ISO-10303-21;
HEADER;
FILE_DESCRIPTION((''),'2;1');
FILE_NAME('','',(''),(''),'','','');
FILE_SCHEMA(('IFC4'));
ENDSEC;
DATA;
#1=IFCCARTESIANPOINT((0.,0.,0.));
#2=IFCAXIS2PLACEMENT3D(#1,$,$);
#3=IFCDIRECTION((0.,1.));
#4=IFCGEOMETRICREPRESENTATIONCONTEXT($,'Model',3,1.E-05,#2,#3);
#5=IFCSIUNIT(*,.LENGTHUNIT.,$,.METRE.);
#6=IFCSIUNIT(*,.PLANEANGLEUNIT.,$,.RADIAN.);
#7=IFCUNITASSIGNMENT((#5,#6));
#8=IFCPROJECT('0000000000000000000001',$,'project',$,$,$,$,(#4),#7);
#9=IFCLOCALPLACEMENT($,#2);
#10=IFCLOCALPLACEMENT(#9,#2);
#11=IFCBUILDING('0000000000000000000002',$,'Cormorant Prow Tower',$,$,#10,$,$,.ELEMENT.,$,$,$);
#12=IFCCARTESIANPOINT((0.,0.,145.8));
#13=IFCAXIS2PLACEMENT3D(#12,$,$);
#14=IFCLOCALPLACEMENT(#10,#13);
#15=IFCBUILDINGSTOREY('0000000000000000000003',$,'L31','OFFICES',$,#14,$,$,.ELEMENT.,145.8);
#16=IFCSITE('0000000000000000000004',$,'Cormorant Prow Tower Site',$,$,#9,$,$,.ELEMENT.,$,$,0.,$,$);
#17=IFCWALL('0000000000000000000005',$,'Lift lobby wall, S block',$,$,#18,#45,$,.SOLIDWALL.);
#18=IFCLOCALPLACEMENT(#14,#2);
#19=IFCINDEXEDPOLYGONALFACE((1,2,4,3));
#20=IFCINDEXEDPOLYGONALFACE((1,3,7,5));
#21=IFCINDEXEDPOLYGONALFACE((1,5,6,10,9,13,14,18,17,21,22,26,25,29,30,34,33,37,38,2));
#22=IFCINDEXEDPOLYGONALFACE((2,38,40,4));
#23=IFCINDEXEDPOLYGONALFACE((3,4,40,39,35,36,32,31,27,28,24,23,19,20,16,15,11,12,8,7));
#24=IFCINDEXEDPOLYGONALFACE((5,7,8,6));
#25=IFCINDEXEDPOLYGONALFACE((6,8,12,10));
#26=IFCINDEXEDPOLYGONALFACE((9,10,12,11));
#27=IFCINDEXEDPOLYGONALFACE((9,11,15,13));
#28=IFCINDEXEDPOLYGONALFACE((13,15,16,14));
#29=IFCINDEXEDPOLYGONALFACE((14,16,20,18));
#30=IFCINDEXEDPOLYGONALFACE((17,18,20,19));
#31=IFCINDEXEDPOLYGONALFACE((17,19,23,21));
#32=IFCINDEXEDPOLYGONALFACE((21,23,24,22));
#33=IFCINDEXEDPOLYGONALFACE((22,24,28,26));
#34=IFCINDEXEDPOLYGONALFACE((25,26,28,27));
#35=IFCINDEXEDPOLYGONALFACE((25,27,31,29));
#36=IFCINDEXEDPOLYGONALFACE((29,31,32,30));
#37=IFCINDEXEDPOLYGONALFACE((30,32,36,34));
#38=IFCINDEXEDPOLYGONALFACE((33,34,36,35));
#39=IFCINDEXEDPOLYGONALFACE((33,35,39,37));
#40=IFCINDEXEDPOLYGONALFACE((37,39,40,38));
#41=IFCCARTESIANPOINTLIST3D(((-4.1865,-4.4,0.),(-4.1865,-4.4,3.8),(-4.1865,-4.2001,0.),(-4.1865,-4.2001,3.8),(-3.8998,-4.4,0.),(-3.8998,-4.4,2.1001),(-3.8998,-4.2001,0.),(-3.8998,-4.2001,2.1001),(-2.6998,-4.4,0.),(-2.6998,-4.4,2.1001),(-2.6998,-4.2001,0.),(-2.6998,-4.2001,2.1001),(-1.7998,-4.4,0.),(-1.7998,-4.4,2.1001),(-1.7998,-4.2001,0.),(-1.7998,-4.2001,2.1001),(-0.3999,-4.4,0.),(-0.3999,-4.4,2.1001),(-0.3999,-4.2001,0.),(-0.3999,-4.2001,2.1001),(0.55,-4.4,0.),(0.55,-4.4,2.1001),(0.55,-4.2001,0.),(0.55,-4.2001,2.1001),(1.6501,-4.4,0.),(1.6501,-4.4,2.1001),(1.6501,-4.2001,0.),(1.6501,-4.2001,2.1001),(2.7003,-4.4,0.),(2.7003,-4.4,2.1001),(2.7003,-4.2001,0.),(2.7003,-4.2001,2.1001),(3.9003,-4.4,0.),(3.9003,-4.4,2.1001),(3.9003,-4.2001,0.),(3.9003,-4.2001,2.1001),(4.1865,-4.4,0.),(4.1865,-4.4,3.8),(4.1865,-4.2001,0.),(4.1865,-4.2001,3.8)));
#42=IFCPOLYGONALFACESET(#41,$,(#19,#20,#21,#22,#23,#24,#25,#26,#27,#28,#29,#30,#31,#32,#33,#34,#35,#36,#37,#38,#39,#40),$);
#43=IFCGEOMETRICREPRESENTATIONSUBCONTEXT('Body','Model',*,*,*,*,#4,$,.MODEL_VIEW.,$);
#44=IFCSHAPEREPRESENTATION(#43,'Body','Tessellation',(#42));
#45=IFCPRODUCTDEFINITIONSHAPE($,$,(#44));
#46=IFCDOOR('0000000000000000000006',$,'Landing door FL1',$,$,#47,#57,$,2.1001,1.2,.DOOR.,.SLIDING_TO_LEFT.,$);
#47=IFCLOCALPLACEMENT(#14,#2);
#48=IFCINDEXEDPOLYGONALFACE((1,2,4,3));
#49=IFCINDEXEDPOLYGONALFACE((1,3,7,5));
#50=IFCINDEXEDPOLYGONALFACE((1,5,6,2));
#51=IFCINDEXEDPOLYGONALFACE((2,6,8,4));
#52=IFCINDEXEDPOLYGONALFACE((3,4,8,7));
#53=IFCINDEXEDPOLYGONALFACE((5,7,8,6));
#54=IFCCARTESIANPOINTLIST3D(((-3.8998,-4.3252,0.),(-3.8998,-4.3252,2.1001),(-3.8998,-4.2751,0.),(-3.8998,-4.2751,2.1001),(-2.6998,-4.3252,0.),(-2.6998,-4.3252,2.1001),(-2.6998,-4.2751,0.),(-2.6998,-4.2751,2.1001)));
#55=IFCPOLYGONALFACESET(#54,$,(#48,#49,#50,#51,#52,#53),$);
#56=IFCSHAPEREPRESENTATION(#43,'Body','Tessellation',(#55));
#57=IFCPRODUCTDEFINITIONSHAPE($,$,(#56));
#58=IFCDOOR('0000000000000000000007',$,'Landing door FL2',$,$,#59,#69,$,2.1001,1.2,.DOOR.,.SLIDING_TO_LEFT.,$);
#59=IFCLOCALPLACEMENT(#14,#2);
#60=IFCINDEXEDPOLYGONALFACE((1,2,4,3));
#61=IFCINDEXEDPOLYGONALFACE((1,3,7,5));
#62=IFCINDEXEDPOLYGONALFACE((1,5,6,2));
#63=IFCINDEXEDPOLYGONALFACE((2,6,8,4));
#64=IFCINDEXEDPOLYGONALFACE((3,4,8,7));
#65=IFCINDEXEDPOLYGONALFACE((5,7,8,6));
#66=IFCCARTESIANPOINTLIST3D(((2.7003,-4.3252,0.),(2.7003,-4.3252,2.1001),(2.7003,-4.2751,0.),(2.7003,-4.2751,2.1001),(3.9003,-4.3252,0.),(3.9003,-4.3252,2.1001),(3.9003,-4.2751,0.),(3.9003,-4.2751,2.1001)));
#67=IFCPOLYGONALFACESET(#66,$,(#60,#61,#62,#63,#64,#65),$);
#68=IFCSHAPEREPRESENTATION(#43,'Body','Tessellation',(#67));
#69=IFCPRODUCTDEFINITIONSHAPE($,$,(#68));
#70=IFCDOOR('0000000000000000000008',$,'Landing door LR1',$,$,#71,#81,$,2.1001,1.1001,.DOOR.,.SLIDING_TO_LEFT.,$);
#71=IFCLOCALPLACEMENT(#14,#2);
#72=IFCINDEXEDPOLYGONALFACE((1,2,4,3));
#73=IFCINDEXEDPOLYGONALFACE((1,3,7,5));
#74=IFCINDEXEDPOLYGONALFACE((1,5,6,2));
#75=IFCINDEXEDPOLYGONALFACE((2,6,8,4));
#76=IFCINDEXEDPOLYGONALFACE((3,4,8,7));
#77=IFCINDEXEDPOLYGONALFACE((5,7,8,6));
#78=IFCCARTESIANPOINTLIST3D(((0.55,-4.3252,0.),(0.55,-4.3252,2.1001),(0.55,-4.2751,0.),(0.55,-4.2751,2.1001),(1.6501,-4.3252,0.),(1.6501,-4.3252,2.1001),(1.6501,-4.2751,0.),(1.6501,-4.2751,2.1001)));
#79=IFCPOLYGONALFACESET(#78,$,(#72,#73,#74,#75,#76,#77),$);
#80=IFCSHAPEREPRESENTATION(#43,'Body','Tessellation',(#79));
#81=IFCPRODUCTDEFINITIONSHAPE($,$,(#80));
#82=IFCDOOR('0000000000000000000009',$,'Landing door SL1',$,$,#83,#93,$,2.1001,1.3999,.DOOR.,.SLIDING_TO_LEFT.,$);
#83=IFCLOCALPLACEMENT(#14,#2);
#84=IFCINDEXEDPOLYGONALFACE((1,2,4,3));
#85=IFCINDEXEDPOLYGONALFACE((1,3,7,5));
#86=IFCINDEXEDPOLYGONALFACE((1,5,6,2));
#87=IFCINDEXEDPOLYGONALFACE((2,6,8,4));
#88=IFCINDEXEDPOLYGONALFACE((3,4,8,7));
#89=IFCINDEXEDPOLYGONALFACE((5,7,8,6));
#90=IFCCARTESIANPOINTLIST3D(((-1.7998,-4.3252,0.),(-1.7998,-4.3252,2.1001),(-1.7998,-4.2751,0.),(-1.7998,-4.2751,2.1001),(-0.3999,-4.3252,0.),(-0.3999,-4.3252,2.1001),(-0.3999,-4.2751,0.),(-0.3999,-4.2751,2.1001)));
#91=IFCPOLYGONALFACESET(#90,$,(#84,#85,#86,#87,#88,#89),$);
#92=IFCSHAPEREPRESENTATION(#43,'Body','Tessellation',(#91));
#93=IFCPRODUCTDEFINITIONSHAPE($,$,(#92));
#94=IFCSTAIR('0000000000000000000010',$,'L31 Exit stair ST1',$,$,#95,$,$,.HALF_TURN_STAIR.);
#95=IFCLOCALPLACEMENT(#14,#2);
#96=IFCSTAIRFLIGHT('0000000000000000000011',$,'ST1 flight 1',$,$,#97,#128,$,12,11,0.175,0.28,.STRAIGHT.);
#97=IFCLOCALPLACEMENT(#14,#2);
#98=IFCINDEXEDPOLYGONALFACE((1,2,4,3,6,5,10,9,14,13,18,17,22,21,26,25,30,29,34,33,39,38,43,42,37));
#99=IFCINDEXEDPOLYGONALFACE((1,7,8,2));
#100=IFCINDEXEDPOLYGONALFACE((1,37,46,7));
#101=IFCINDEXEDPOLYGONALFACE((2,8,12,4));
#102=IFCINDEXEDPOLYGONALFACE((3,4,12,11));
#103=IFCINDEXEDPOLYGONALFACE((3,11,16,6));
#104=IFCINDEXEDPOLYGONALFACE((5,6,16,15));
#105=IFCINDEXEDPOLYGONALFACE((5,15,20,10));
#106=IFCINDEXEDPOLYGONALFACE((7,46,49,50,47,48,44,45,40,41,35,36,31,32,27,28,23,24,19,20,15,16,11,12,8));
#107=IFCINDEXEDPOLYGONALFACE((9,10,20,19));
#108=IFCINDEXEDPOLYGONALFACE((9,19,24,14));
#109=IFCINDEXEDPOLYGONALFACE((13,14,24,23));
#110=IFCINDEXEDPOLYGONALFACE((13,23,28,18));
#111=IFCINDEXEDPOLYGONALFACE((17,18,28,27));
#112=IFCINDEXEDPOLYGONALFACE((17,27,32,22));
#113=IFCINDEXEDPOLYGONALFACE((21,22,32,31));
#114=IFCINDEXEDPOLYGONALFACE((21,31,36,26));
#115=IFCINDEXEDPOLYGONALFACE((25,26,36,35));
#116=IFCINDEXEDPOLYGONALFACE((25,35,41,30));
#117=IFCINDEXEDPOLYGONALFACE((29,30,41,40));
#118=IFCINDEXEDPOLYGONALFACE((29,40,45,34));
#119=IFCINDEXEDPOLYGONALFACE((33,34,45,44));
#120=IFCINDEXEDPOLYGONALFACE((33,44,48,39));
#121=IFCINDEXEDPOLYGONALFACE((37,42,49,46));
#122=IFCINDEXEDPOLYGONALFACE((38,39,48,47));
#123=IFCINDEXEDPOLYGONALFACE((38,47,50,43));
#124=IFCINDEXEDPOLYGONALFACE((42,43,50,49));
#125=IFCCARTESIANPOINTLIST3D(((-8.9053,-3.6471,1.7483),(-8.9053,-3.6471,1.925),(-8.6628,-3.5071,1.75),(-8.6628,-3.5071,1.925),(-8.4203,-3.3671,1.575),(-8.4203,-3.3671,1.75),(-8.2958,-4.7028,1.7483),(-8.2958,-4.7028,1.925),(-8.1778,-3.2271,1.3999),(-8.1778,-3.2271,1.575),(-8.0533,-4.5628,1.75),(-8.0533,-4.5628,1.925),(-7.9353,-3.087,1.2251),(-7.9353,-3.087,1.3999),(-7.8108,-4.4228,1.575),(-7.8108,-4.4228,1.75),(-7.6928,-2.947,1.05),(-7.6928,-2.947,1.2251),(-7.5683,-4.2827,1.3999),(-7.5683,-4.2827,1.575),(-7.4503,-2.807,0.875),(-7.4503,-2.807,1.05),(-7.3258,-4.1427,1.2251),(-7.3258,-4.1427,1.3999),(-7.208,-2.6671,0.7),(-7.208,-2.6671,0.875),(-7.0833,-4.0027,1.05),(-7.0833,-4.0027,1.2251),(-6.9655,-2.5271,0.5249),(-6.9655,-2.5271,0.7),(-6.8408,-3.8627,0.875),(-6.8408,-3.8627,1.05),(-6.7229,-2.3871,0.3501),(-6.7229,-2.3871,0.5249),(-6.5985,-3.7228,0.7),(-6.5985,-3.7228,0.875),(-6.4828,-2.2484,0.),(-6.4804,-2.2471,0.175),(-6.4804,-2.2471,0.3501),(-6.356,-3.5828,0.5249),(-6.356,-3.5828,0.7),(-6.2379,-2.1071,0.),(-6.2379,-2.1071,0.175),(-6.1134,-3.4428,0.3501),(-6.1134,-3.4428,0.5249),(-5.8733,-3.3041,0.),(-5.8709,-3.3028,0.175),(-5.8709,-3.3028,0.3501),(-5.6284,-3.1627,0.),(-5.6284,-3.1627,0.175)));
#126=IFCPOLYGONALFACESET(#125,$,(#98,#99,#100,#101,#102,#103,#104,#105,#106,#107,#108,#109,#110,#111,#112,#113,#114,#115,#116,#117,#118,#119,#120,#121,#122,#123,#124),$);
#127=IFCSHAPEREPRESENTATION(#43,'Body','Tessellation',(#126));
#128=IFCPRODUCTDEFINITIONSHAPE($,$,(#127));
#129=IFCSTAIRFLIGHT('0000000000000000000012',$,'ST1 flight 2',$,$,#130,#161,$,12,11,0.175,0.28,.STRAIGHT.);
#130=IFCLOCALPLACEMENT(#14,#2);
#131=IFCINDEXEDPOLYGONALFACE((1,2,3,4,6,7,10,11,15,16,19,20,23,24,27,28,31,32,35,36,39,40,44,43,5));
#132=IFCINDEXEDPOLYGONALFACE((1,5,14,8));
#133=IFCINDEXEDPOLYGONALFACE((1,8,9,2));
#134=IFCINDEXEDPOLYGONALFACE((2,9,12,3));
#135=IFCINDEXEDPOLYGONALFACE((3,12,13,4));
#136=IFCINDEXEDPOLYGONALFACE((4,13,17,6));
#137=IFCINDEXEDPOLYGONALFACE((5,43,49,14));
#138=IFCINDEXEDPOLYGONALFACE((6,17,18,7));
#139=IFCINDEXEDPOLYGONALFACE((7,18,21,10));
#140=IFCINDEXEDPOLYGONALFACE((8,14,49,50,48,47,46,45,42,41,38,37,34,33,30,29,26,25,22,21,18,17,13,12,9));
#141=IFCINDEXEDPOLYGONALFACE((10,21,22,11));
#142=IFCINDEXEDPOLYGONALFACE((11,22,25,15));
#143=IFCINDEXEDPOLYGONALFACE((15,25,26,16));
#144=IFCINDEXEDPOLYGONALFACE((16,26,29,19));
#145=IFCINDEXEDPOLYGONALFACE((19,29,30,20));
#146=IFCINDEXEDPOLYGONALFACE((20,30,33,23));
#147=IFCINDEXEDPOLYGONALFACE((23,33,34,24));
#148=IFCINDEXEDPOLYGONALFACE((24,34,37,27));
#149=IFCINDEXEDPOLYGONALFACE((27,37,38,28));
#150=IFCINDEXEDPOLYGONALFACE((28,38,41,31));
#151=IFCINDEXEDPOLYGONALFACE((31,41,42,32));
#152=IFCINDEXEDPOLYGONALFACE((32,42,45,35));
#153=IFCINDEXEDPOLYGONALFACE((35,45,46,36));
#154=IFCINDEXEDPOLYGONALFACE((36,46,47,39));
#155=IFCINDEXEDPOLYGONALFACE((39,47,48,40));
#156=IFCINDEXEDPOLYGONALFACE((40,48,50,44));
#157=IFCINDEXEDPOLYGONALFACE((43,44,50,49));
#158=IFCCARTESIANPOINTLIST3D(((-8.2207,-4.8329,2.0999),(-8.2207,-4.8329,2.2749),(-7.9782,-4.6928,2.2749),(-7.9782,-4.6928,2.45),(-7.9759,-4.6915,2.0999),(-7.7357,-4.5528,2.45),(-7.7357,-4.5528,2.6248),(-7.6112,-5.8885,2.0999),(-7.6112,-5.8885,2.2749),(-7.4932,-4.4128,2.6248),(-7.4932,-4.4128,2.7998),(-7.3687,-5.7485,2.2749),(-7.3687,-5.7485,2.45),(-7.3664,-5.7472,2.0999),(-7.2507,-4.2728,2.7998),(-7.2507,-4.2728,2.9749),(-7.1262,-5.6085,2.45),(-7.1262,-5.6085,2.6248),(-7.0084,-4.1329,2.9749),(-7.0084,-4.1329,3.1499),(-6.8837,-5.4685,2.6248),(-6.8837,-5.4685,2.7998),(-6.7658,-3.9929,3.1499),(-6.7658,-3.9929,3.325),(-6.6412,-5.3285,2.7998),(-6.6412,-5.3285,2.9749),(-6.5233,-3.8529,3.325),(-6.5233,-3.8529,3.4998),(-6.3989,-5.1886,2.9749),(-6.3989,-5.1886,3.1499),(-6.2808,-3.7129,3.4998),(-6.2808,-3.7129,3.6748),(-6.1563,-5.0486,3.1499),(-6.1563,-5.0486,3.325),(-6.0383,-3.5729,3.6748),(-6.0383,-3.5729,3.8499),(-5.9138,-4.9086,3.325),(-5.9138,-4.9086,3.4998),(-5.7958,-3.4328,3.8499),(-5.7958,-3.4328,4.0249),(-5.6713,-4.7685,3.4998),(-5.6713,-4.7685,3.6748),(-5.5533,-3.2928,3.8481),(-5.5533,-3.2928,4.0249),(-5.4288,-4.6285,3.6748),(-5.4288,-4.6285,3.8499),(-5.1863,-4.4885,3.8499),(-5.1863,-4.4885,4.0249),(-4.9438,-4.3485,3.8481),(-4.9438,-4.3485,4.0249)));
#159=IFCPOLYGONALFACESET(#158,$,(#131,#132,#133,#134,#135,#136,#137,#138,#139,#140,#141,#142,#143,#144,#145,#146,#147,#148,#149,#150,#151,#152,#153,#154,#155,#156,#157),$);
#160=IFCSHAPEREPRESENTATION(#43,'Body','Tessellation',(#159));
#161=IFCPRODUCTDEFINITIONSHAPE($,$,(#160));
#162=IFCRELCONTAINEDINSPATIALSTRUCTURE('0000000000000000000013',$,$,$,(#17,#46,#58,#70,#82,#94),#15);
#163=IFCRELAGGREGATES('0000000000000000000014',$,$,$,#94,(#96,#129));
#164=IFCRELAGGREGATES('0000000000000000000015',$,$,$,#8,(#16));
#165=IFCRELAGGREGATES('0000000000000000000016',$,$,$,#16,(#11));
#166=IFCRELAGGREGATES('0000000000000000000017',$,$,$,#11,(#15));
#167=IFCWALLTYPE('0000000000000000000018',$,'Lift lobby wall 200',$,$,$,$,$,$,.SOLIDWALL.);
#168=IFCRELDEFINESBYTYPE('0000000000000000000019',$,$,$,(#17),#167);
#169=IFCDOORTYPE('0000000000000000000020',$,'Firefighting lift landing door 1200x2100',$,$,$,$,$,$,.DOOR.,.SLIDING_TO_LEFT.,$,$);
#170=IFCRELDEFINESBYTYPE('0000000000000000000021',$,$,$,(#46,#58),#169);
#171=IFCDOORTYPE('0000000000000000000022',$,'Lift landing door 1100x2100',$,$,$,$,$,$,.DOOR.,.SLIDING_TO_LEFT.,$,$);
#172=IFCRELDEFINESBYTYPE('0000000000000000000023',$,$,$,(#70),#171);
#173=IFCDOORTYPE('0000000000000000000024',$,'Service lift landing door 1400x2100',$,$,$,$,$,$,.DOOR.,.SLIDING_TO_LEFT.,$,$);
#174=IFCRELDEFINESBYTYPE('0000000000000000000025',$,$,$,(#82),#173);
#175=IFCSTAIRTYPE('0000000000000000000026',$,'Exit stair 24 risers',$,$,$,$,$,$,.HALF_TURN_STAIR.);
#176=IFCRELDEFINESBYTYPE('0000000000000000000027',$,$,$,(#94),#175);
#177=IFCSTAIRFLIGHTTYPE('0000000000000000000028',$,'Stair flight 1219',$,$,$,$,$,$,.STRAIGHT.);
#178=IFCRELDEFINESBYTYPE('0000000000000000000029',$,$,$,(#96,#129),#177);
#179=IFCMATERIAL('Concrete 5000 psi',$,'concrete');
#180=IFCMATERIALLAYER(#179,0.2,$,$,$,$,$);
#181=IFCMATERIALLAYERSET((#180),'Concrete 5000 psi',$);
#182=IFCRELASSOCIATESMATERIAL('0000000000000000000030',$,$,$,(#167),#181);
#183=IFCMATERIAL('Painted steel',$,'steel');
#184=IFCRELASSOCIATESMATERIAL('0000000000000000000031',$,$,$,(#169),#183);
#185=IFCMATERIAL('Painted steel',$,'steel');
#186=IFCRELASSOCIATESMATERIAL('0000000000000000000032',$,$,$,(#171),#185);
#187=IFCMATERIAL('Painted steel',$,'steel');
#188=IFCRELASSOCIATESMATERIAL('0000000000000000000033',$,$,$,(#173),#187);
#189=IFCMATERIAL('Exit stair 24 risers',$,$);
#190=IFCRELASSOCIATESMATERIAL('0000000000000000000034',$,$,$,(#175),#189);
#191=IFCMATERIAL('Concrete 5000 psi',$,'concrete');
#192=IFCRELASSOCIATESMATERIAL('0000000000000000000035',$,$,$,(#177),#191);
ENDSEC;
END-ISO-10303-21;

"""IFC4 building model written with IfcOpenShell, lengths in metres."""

from ifc_helpers import new_model, si_unit, direction, frame, frame_2d, origin, place, context, subcontext, project, spatial, polyline, rectangle, outline, extrude, material, layer, layer_set, type_object, element, fill, aggregate, save


model = new_model("IFC4")

# Units and contexts
model_context = context("Model", 3, precision=1e-05, world=origin(), true_north=direction((0.0, 1.0)))
body_context = subcontext(model_context, "Body", "Model", "MODEL_VIEW")
ifc_project = project(units=[si_unit("LENGTHUNIT", "METRE"), si_unit("PLANEANGLEUNIT", "RADIAN")], contexts=[model_context])

# Site, building, storey
site_placement = place(None, origin())
site = spatial("IfcSite", under=ifc_project, at=site_placement, Name="Cormorant Prow Tower Site", CompositionType="ELEMENT", RefElevation=0.0)
building_placement = place(site_placement, origin())
building = spatial("IfcBuilding", under=site, at=building_placement, Name="Cormorant Prow Tower", CompositionType="ELEMENT")
storey_placement = place(building_placement, frame((0.0, 0.0, 145.8)))
storey = spatial("IfcBuildingStorey", under=building, at=storey_placement, Name="L31", Description="OFFICES", CompositionType="ELEMENT", Elevation=145.8)

# Wall, openings, doors
ifc_material_1 = material(Name="Concrete 5000 psi", Category="concrete")
ifc_layer_1 = layer(ifc_material_1, 0.2)
ifc_layer_set_1 = layer_set([ifc_layer_1], Name="Concrete 5000 psi")
wall_type_1 = type_object("IfcWallType", Name="Lift lobby wall 200", PredefinedType="SOLIDWALL", material=ifc_layer_set_1)
wall_1_placement = place(storey_placement, frame((-4.1865, -4.3, 0.0), z_axis=(0.0, 0.0, 1.0), x_axis=(1.0, 0.0, 0.0)))
wall_1 = element("IfcWall", 1, at=wall_1_placement, inside=storey, type_object=wall_type_1, Name="Lift lobby wall, S block", PredefinedType="SOLIDWALL", context=body_context, shape_type="SweptSolid", body=[
    extrude(rectangle(XDim=8.373, YDim=0.2, at=frame_2d((4.1865, 0.0))), origin(), (0.0, 0.0, 1.0), 3.8),
])
opening_1_placement = place(wall_1_placement, frame((0.2866, 0.0, 0.0)))
opening_1 = element("IfcOpeningElement", 2, at=opening_1_placement, cuts=wall_1, PredefinedType="OPENING", context=body_context, shape_type="SweptSolid", body=[
    extrude(rectangle(XDim=1.2, YDim=2.1001, at=frame_2d((0.6001, 1.05))), frame((0.0, 0.1099, 0.0), z_axis=(0.0, -1.0, 0.0), x_axis=(1.0, 0.0, 0.0)), (0.0, 0.0, 1.0), 0.22),
])
opening_2_placement = place(wall_1_placement, frame((2.3867, 0.0, 0.0)))
opening_2 = element("IfcOpeningElement", 3, at=opening_2_placement, cuts=wall_1, PredefinedType="OPENING", context=body_context, shape_type="SweptSolid", body=[
    extrude(rectangle(XDim=1.3999, YDim=2.1001, at=frame_2d((0.7, 1.05))), frame((0.0, 0.1099, 0.0), z_axis=(0.0, -1.0, 0.0), x_axis=(1.0, 0.0, 0.0)), (0.0, 0.0, 1.0), 0.22),
])
opening_3_placement = place(wall_1_placement, frame((4.7366, 0.0, 0.0)))
opening_3 = element("IfcOpeningElement", 4, at=opening_3_placement, cuts=wall_1, PredefinedType="OPENING", context=body_context, shape_type="SweptSolid", body=[
    extrude(rectangle(XDim=1.1001, YDim=2.1001, at=frame_2d((0.55, 1.05))), frame((0.0, 0.1099, 0.0), z_axis=(0.0, -1.0, 0.0), x_axis=(1.0, 0.0, 0.0)), (0.0, 0.0, 1.0), 0.22),
])
opening_4_placement = place(wall_1_placement, frame((6.8867, 0.0, 0.0)))
opening_4 = element("IfcOpeningElement", 5, at=opening_4_placement, cuts=wall_1, PredefinedType="OPENING", context=body_context, shape_type="SweptSolid", body=[
    extrude(rectangle(XDim=1.2, YDim=2.1001, at=frame_2d((0.6001, 1.05))), frame((0.0, 0.1099, 0.0), z_axis=(0.0, -1.0, 0.0), x_axis=(1.0, 0.0, 0.0)), (0.0, 0.0, 1.0), 0.22),
])
ifc_material_2 = material(Name="Painted steel", Category="steel")
door_type_1 = type_object("IfcDoorType", Name="Firefighting lift landing door 1200x2100", OperationType="SLIDING_TO_LEFT", PredefinedType="DOOR", material=ifc_material_2)
door_1_placement = place(opening_1_placement, origin())
door_1 = element("IfcDoor", 6, at=door_1_placement, inside=storey, type_object=door_type_1, Name="Landing door FL1", OperationType="SLIDING_TO_LEFT", OverallHeight=2.1001, OverallWidth=1.2, PredefinedType="DOOR", context=body_context, shape_type="SweptSolid", body=[
    extrude(rectangle(XDim=1.2, YDim=2.1001, at=frame_2d((0.6001, 1.05))), frame((0.0, 0.0249, 0.0), z_axis=(0.0, -1.0, 0.0), x_axis=(1.0, 0.0, 0.0)), (0.0, 0.0, 1.0), 0.05),
])
fill(opening_1, door_1)
door_2_placement = place(opening_4_placement, origin())
door_2 = element("IfcDoor", 7, at=door_2_placement, inside=storey, type_object=door_type_1, Name="Landing door FL2", OperationType="SLIDING_TO_LEFT", OverallHeight=2.1001, OverallWidth=1.2, PredefinedType="DOOR", context=body_context, shape_type="SweptSolid", body=[
    extrude(rectangle(XDim=1.2, YDim=2.1001, at=frame_2d((0.6001, 1.05))), frame((0.0, 0.0249, 0.0), z_axis=(0.0, -1.0, 0.0), x_axis=(1.0, 0.0, 0.0)), (0.0, 0.0, 1.0), 0.05),
])
fill(opening_4, door_2)
ifc_material_3 = material(Name="Painted steel", Category="steel")
door_type_2 = type_object("IfcDoorType", Name="Lift landing door 1100x2100", OperationType="SLIDING_TO_LEFT", PredefinedType="DOOR", material=ifc_material_3)
door_3_placement = place(opening_3_placement, origin())
door_3 = element("IfcDoor", 8, at=door_3_placement, inside=storey, type_object=door_type_2, Name="Landing door LR1", OperationType="SLIDING_TO_LEFT", OverallHeight=2.1001, OverallWidth=1.1001, PredefinedType="DOOR", context=body_context, shape_type="SweptSolid", body=[
    extrude(rectangle(XDim=1.1001, YDim=2.1001, at=frame_2d((0.55, 1.05))), frame((0.0, 0.0249, 0.0), z_axis=(0.0, -1.0, 0.0), x_axis=(1.0, 0.0, 0.0)), (0.0, 0.0, 1.0), 0.05),
])
fill(opening_3, door_3)
ifc_material_4 = material(Name="Painted steel", Category="steel")
door_type_3 = type_object("IfcDoorType", Name="Service lift landing door 1400x2100", OperationType="SLIDING_TO_LEFT", PredefinedType="DOOR", material=ifc_material_4)
door_4_placement = place(opening_2_placement, origin())
door_4 = element("IfcDoor", 9, at=door_4_placement, inside=storey, type_object=door_type_3, Name="Landing door SL1", OperationType="SLIDING_TO_LEFT", OverallHeight=2.1001, OverallWidth=1.3999, PredefinedType="DOOR", context=body_context, shape_type="SweptSolid", body=[
    extrude(rectangle(XDim=1.3999, YDim=2.1001, at=frame_2d((0.7, 1.05))), frame((0.0, 0.0249, 0.0), z_axis=(0.0, -1.0, 0.0), x_axis=(1.0, 0.0, 0.0)), (0.0, 0.0, 1.0), 0.05),
])
fill(opening_2, door_4)

# Stair, stair flights
ifc_material_5 = material(Name="Exit stair 24 risers")
stair_type = type_object("IfcStairType", Name="Exit stair 24 risers", PredefinedType="HALF_TURN_STAIR", material=ifc_material_5)
stair_placement = place(storey_placement, origin())
stair = element("IfcStair", 10, at=stair_placement, inside=storey, type_object=stair_type, Name="L31 Exit stair ST1", PredefinedType="HALF_TURN_STAIR")
ifc_material_6 = material(Name="Concrete 5000 psi", Category="concrete")
stair_flight_type = type_object("IfcStairFlightType", Name="Stair flight 1219", PredefinedType="STRAIGHT", material=ifc_material_6)
stair_flight_1_placement = place(storey_placement, frame((-5.9331, -2.635, 0.0), z_axis=(0.0, 0.0, 1.0), x_axis=(-0.866025, -0.5, 0.0)))
stair_flight_1 = element("IfcStairFlight", 11, at=stair_flight_1_placement, type_object=stair_flight_type, Name="ST1 flight 1", NumberOfRisers=12, NumberOfTreads=11, PredefinedType="STRAIGHT", RiserHeight=0.175, TreadLength=0.28, context=body_context, shape_type="SweptSolid", body=[
    extrude(outline(polyline([(0.0, 0.0), (0.0, 0.175), (0.28, 0.175), (0.28, 0.3501), (0.5601, 0.3501), (0.5601, 0.5249), (0.8401, 0.5249), (0.8401, 0.7), (1.1201, 0.7), (1.1201, 0.875), (1.3999, 0.875), (1.3999, 1.05), (1.6799, 1.05), (1.6799, 1.2251), (1.96, 1.2251), (1.96, 1.3999), (2.24, 1.3999), (2.24, 1.575), (2.52, 1.575), (2.52, 1.75), (2.8, 1.75), (2.8, 1.925), (3.0801, 1.925), (3.0801, 2.1001), (3.0801, 1.7483), (0.2827, 0.0), (0.0, 0.0)])), frame((0.0, 0.6094, 0.0), z_axis=(0.0, -1.0, 0.0), x_axis=(1.0, 0.0, 0.0)), (0.0, 0.0, 1.0), 1.219),
])
stair_flight_2_placement = place(storey_placement, frame((-7.916, -5.3606, 2.0999), z_axis=(0.0, 0.0, 1.0), x_axis=(0.866025, 0.5, 0.0)))
stair_flight_2 = element("IfcStairFlight", 12, at=stair_flight_2_placement, type_object=stair_flight_type, Name="ST1 flight 2", NumberOfRisers=12, NumberOfTreads=11, PredefinedType="STRAIGHT", RiserHeight=0.175, TreadLength=0.28, context=body_context, shape_type="SweptSolid", body=[
    extrude(outline(polyline([(0.0, 0.0), (0.0, 0.175), (0.28, 0.175), (0.28, 0.3501), (0.5601, 0.3501), (0.5601, 0.5249), (0.8401, 0.5249), (0.8401, 0.7), (1.1201, 0.7), (1.1201, 0.875), (1.3999, 0.875), (1.3999, 1.05), (1.6799, 1.05), (1.6799, 1.2251), (1.96, 1.2251), (1.96, 1.3999), (2.24, 1.3999), (2.24, 1.575), (2.52, 1.575), (2.52, 1.75), (2.8, 1.75), (2.8, 1.925), (3.0801, 1.925), (3.0801, 2.1001), (3.0801, 1.7483), (0.2827, 0.0), (0.0, 0.0)])), frame((0.0, 0.6094, 0.0), z_axis=(0.0, -1.0, 0.0), x_axis=(1.0, 0.0, 0.0)), (0.0, 0.0, 1.0), 1.219),
])
aggregate(stair, [stair_flight_1, stair_flight_2])

save(model, "model.ifc")
